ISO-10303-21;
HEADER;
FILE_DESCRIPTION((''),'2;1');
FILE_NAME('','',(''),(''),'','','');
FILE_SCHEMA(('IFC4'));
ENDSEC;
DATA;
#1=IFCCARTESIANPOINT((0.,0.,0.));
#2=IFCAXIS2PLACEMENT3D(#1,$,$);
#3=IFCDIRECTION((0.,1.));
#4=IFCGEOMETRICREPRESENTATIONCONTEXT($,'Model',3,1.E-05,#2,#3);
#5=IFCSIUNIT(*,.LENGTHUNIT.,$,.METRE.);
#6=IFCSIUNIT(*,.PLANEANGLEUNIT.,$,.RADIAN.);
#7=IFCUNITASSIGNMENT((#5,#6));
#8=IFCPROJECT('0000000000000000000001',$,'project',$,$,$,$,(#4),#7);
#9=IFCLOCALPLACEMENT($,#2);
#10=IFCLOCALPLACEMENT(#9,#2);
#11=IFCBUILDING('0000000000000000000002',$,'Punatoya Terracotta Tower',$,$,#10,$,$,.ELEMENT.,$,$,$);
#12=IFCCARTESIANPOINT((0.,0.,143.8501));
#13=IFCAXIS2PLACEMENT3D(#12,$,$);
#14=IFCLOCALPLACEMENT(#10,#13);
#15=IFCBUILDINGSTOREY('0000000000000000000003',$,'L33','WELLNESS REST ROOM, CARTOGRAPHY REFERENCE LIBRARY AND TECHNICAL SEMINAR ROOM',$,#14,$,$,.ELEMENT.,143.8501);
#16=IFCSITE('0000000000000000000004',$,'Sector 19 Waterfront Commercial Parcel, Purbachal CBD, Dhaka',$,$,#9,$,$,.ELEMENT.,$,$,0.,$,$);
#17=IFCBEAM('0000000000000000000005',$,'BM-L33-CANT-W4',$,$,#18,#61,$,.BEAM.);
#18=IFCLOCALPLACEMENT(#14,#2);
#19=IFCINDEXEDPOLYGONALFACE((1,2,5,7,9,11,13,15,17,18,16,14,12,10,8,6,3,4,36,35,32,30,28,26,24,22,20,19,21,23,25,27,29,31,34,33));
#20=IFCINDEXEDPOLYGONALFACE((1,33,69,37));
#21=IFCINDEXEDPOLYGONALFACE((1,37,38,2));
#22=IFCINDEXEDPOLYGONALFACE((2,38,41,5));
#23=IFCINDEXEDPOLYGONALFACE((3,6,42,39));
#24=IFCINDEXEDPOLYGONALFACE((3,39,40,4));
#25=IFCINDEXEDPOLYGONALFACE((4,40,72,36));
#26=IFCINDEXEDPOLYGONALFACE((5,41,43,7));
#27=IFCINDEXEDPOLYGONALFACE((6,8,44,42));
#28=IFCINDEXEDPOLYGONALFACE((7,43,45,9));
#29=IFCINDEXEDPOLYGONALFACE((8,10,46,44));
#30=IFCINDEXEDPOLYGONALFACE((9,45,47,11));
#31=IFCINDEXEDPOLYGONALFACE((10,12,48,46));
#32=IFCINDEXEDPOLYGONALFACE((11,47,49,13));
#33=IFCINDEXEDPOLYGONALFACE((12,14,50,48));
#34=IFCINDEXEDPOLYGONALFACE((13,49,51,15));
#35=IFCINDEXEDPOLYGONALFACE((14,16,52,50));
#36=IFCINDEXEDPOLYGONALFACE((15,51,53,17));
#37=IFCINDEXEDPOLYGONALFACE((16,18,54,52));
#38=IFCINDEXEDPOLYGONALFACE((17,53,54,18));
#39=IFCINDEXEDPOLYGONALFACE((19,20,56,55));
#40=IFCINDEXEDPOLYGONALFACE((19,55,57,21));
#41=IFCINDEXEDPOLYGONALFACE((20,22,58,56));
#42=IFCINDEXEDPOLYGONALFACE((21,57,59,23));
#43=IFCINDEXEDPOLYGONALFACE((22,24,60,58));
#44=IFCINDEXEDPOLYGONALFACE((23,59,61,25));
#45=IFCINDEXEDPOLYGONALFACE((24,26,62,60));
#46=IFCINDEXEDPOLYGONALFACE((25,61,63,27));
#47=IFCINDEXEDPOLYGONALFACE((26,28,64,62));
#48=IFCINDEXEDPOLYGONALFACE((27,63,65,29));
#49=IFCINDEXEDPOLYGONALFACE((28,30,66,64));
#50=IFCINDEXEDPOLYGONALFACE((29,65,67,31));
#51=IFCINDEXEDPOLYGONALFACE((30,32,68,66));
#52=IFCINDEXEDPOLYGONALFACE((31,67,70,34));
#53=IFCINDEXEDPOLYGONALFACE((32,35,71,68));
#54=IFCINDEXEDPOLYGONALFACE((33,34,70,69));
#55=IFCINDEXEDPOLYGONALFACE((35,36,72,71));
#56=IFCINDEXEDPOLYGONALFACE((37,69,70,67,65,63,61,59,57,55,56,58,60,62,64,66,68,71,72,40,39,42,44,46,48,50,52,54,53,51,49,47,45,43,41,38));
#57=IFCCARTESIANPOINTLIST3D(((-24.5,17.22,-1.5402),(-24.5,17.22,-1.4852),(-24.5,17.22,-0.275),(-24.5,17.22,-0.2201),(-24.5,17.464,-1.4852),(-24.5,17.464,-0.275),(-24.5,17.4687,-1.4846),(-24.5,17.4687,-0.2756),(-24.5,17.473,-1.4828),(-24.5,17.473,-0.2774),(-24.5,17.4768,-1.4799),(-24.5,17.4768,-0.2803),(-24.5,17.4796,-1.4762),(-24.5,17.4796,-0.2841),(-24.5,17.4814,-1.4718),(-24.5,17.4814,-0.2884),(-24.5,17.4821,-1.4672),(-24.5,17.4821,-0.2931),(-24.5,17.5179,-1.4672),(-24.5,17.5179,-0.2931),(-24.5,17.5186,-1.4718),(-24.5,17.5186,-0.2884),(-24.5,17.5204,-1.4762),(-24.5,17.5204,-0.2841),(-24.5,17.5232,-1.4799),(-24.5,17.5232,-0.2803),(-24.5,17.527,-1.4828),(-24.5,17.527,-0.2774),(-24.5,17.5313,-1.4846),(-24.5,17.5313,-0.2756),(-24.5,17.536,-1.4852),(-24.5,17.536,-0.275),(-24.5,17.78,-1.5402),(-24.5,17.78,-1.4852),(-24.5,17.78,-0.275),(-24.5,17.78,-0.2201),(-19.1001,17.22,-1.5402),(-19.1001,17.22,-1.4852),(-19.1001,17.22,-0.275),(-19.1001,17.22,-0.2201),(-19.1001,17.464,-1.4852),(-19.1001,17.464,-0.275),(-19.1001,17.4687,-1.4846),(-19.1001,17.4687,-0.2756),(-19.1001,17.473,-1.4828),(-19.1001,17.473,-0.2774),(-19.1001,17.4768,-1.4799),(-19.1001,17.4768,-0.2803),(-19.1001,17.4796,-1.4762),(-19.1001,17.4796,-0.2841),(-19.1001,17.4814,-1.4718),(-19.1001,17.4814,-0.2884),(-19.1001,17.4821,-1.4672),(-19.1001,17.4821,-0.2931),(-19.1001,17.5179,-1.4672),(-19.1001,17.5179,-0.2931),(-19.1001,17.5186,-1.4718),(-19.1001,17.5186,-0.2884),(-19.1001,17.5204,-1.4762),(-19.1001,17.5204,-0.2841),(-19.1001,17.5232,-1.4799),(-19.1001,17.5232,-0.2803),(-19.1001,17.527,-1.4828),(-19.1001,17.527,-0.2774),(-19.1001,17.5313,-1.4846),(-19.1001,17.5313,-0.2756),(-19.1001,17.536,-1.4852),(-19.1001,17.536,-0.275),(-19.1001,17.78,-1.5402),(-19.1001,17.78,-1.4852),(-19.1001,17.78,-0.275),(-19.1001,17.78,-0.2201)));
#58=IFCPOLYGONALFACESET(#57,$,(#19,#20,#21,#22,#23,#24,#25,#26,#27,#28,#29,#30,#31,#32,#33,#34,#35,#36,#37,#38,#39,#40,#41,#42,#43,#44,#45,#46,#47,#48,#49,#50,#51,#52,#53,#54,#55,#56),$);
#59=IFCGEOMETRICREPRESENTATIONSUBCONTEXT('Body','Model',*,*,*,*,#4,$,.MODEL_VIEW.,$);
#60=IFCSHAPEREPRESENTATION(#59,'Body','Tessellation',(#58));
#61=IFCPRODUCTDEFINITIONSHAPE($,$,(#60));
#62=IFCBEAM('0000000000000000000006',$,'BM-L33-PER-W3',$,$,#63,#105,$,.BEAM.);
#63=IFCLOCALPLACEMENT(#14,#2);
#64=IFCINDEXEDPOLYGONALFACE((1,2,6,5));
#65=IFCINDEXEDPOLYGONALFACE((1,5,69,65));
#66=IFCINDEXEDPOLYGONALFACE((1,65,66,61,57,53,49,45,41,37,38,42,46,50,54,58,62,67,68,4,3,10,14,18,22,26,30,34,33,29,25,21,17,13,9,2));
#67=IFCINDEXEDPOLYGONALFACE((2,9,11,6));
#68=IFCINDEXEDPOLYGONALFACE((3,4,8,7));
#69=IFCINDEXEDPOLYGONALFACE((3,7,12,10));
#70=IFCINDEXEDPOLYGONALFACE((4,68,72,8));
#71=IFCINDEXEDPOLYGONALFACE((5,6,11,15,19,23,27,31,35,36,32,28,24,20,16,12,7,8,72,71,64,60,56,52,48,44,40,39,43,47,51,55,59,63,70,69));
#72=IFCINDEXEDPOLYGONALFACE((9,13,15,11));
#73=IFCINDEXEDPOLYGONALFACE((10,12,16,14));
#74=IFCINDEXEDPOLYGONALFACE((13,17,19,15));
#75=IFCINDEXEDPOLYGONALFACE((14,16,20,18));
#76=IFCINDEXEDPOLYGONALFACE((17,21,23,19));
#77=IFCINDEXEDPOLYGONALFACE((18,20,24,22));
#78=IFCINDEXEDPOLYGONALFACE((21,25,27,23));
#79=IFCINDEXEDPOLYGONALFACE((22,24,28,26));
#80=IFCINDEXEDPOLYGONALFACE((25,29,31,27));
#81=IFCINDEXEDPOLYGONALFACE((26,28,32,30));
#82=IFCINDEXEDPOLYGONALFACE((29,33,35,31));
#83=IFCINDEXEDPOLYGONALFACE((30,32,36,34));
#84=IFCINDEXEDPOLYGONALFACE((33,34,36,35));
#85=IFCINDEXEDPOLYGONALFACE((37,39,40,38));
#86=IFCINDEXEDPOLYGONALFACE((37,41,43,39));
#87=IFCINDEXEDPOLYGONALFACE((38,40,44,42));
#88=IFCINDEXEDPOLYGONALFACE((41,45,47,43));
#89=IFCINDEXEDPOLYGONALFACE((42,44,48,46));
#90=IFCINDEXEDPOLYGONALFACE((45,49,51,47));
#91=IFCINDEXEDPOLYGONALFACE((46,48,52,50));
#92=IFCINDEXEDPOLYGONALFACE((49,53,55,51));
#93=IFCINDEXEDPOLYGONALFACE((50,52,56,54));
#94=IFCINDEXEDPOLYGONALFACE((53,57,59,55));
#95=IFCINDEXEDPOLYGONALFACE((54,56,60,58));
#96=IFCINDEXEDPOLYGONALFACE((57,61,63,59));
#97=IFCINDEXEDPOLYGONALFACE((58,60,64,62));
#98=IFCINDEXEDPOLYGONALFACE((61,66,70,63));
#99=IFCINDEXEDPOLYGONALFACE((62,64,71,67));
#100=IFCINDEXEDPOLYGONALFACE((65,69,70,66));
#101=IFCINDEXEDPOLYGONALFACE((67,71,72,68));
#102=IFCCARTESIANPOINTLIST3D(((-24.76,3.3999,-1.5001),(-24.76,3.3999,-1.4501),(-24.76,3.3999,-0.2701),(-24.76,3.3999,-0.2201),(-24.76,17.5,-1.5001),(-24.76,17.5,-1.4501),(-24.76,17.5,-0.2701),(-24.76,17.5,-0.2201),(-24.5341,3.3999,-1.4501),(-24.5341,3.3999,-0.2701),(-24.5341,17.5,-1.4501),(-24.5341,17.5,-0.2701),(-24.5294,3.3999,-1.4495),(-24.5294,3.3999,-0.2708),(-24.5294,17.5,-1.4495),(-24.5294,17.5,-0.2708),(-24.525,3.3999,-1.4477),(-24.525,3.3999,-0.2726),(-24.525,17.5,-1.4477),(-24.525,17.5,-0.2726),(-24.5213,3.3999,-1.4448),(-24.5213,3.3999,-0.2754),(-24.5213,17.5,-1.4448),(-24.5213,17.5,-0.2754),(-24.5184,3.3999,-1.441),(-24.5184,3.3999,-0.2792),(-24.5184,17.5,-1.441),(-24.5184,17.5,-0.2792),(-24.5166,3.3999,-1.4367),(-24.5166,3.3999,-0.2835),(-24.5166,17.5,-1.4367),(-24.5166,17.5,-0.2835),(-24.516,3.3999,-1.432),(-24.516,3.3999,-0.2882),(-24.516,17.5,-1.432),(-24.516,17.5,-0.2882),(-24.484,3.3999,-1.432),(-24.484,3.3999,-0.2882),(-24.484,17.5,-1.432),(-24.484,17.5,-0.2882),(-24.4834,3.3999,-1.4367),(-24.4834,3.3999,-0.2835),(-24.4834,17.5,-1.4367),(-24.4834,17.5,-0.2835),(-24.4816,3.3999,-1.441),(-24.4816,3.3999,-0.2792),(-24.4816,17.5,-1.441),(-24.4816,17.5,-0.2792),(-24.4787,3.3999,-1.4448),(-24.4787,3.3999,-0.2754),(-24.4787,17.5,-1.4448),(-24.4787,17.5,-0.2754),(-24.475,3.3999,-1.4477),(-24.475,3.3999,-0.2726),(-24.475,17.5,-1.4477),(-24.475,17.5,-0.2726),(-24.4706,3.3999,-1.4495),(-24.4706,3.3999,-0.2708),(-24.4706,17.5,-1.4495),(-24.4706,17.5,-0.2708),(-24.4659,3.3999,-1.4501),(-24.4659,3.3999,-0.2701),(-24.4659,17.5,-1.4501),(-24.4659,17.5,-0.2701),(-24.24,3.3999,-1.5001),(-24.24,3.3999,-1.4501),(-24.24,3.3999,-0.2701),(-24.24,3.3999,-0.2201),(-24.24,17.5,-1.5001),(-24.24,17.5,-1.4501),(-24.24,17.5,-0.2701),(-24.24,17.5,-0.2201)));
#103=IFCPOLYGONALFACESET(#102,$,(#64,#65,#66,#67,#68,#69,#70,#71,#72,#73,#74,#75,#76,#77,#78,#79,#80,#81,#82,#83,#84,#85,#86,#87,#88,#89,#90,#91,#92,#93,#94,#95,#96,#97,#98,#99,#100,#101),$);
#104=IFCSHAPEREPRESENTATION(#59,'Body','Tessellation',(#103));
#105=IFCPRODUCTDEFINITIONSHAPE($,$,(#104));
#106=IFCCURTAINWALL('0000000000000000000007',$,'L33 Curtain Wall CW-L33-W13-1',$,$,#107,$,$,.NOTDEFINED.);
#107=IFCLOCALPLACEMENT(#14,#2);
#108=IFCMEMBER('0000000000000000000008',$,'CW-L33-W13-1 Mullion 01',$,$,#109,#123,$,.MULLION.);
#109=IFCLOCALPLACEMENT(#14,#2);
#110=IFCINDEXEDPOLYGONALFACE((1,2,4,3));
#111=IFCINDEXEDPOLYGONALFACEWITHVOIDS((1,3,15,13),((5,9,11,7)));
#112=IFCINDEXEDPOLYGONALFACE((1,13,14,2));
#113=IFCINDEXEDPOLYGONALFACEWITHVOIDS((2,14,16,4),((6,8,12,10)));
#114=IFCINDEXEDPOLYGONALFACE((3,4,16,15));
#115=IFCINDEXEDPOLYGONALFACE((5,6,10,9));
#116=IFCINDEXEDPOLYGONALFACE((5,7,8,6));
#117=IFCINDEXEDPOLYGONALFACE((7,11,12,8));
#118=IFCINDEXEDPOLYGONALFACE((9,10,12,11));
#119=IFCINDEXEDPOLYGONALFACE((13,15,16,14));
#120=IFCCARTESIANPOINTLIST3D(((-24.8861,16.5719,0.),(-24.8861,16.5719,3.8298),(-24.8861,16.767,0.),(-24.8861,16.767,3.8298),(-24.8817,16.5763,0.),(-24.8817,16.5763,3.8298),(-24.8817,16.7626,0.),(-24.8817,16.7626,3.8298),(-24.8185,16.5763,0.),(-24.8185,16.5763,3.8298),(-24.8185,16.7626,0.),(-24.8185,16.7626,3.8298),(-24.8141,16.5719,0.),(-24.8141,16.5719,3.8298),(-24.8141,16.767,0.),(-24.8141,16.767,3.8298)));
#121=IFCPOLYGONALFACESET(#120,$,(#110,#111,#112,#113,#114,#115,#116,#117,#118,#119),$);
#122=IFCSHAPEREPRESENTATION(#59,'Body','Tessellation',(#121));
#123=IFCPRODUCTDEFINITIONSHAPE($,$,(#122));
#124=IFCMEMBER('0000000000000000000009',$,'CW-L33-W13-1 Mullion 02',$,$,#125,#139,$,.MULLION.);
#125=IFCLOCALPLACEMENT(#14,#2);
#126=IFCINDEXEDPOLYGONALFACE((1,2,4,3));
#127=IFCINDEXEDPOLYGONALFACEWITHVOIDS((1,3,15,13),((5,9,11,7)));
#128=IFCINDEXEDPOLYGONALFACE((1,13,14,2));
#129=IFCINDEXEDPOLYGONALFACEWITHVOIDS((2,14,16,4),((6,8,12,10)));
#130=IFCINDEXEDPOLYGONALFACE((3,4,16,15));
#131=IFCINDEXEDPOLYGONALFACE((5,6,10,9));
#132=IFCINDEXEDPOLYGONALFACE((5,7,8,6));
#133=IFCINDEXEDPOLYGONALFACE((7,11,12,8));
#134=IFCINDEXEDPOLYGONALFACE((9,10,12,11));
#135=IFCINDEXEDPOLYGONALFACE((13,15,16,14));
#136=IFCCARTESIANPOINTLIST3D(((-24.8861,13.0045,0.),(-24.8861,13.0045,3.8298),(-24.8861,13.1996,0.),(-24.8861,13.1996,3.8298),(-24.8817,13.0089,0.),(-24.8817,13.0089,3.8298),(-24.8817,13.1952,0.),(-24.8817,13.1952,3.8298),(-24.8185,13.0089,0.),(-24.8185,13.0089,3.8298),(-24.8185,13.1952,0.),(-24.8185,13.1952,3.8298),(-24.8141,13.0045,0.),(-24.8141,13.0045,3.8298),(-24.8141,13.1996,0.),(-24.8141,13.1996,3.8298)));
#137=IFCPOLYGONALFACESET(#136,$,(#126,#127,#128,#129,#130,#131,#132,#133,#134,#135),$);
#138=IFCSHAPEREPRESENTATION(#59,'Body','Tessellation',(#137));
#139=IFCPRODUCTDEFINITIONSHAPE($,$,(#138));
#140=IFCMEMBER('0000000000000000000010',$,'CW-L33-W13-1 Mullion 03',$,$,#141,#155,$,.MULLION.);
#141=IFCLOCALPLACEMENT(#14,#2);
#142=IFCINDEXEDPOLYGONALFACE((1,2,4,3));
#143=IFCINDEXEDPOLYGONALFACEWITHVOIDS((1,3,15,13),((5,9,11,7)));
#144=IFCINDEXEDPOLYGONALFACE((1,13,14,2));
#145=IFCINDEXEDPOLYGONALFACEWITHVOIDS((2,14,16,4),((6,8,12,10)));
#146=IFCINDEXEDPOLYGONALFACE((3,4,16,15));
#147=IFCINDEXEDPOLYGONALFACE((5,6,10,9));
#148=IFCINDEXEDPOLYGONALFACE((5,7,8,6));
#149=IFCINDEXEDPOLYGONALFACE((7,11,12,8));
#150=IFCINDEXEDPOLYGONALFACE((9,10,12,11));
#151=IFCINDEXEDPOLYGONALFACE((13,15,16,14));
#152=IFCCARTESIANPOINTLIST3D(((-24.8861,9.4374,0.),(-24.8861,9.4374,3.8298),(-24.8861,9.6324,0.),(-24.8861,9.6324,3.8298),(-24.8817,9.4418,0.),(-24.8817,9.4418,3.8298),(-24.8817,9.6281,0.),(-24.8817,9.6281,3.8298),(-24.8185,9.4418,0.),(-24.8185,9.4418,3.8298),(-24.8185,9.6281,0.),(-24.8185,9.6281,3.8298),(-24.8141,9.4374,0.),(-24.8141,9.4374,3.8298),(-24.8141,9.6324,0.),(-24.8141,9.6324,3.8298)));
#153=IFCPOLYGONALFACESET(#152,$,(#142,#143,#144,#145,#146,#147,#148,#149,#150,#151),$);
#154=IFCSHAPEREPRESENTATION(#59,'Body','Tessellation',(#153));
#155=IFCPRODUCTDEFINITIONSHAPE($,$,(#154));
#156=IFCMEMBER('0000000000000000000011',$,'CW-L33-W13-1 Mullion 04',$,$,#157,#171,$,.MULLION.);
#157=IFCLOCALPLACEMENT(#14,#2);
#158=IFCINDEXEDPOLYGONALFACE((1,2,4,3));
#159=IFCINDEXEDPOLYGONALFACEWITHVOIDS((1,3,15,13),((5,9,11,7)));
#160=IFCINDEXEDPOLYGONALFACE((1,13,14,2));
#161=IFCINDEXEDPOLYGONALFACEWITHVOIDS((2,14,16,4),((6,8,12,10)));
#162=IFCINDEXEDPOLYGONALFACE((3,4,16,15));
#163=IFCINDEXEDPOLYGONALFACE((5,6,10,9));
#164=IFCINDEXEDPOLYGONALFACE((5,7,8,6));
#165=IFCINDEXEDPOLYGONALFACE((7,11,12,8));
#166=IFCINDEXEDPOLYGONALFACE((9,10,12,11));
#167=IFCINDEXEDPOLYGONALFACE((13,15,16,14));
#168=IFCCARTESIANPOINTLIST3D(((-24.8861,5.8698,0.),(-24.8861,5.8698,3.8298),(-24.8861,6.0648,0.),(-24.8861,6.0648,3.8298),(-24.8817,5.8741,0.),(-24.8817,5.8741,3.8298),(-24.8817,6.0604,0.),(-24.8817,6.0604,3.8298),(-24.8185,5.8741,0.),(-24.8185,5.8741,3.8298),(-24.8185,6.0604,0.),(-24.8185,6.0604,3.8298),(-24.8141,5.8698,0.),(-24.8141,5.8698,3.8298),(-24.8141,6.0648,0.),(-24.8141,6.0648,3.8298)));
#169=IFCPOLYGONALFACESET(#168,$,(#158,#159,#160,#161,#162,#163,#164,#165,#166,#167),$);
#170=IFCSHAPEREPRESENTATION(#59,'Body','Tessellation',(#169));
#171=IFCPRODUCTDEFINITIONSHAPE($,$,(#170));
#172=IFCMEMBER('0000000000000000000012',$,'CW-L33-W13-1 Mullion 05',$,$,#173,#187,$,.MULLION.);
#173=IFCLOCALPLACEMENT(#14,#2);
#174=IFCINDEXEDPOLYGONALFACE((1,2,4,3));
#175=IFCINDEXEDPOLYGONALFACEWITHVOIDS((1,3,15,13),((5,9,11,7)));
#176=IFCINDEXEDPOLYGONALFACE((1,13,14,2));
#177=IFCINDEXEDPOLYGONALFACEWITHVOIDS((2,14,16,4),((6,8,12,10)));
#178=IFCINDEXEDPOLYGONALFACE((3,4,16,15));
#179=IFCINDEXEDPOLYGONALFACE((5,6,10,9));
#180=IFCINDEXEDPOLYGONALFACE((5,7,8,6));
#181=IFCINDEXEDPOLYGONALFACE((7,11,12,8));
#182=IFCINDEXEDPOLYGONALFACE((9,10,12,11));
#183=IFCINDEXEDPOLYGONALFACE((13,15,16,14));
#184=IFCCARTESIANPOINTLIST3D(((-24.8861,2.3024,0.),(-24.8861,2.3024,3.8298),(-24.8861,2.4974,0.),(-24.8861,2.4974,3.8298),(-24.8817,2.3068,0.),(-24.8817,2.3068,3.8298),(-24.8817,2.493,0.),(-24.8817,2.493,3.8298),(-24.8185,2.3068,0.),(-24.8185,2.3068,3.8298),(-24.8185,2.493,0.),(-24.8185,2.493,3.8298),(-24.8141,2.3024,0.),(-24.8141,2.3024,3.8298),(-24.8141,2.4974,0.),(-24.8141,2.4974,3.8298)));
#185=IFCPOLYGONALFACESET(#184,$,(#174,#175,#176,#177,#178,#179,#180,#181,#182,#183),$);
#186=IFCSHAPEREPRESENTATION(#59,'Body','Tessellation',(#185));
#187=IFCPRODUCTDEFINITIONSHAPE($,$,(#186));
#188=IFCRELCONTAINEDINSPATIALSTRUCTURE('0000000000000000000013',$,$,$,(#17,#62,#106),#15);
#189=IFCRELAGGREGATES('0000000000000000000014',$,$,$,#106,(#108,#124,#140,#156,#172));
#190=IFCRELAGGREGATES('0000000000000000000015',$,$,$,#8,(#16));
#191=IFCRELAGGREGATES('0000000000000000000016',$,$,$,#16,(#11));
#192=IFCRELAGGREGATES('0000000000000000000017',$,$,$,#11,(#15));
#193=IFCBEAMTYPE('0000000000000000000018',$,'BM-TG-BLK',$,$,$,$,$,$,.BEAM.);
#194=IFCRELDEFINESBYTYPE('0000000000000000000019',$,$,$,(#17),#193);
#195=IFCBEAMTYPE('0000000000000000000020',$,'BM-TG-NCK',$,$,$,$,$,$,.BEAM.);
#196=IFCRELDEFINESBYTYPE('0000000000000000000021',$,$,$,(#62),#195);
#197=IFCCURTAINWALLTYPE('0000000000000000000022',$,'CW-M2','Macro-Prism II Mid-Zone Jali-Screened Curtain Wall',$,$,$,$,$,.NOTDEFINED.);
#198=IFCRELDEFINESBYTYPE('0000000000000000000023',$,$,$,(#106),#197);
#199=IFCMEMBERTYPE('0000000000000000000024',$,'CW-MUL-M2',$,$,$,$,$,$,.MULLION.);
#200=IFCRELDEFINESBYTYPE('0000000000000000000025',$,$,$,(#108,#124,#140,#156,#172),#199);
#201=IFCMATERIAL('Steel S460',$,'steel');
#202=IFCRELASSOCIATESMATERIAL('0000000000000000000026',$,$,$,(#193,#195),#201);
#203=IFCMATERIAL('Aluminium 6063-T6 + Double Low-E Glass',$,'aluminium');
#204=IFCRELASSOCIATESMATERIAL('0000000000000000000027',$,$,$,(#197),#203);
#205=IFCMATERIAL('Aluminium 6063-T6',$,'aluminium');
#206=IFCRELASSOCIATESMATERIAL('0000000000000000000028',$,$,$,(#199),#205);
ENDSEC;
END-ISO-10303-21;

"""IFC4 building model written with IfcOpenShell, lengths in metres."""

from ifc_helpers import new_model, si_unit, direction, frame, origin, origin_2d, place, context, subcontext, project, spatial, hollow_rectangle, i_section, extrude, material, material_profile, profile_set, type_object, element, aggregate, save


model = new_model("IFC4")

# Units and contexts
model_context = context("Model", 3, precision=1e-05, world=origin(), true_north=direction((0.0, 1.0)))
body_context = subcontext(model_context, "Body", "Model", "MODEL_VIEW")
ifc_project = project(units=[si_unit("LENGTHUNIT", "METRE"), si_unit("PLANEANGLEUNIT", "RADIAN")], contexts=[model_context])

# Site, building, storey
site_placement = place(None, origin())
site = spatial("IfcSite", under=ifc_project, at=site_placement, Name="Sector 19 Waterfront Commercial Parcel, Purbachal CBD, Dhaka", CompositionType="ELEMENT", RefElevation=0.0)
building_placement = place(site_placement, origin())
building = spatial("IfcBuilding", under=site, at=building_placement, Name="Punatoya Terracotta Tower", CompositionType="ELEMENT")
storey_placement = place(building_placement, frame((0.0, 0.0, 143.8501)))
storey = spatial("IfcBuildingStorey", under=building, at=storey_placement, Name="L33", Description="WELLNESS REST ROOM, CARTOGRAPHY REFERENCE LIBRARY AND TECHNICAL SEMINAR ROOM", CompositionType="ELEMENT", Elevation=143.8501)

# Shared definitions
ifc_material_1 = material(Name="Steel S460", Category="steel")

# Beams
ifc_material_profile_1 = material_profile(ifc_material_1, i_section(OverallWidth=0.5601, OverallDepth=1.3201, WebThickness=0.0359, FlangeThickness=0.0549, FilletRadius=0.0181, at=origin_2d()))
ifc_profile_set_1 = profile_set([ifc_material_profile_1], Name="Steel S460")
beam_type_1 = type_object("IfcBeamType", Name="BM-TG-BLK", PredefinedType="BEAM", material=ifc_profile_set_1)
for number, where, z_axis, x_axis, name in (
    (1, (-24.5, 17.5, -0.8801), (1.0, 0.0, 0.0), (0.0, 1.0, 0.0), "BM-L33-CANT-W4"),
):
    element("IfcBeam", number, at=place(storey_placement, frame(where, z_axis=z_axis, x_axis=x_axis)), inside=storey, type_object=beam_type_1, Name=name, PredefinedType="BEAM", context=body_context, shape_type="SweptSolid", body=[
        extrude(i_section(OverallWidth=0.5601, OverallDepth=1.3201, WebThickness=0.0359, FlangeThickness=0.0549, FilletRadius=0.0181, at=origin_2d()), origin(), (0.0, 0.0, 1.0), 5.3999),
    ])
ifc_material_profile_2 = material_profile(ifc_material_1, i_section(OverallWidth=0.52, OverallDepth=1.28, WebThickness=0.032, FlangeThickness=0.05, FilletRadius=0.0181, at=origin_2d()))
ifc_profile_set_2 = profile_set([ifc_material_profile_2], Name="Steel S460")
beam_type_2 = type_object("IfcBeamType", Name="BM-TG-NCK", PredefinedType="BEAM", material=ifc_profile_set_2)
beam_1_placement = place(storey_placement, frame((-24.5, 3.3999, -0.8601), z_axis=(0.0, 1.0, 0.0), x_axis=(-1.0, 0.0, 0.0)))
element("IfcBeam", 2, at=beam_1_placement, inside=storey, type_object=beam_type_2, Name="BM-L33-PER-W3", PredefinedType="BEAM", context=body_context, shape_type="SweptSolid", body=[
    extrude(i_section(OverallWidth=0.52, OverallDepth=1.28, WebThickness=0.032, FlangeThickness=0.05, FilletRadius=0.0181, at=origin_2d()), origin(), (0.0, 0.0, 1.0), 14.1001),
])

# Curtain wall, members
ifc_material_2 = material(Name="Aluminium 6063-T6 + Double Low-E Glass", Category="aluminium")
curtain_wall_type = type_object("IfcCurtainWallType", Name="CW-M2", Description="Macro-Prism II Mid-Zone Jali-Screened Curtain Wall", PredefinedType="NOTDEFINED", material=ifc_material_2)
curtain_wall_placement = place(storey_placement, origin())
curtain_wall = element("IfcCurtainWall", 3, at=curtain_wall_placement, inside=storey, type_object=curtain_wall_type, Name="L33 Curtain Wall CW-L33-W13-1", PredefinedType="NOTDEFINED")
ifc_material_3 = material(Name="Aluminium 6063-T6", Category="aluminium")
ifc_material_profile_3 = material_profile(ifc_material_3, hollow_rectangle(XDim=0.072, YDim=0.1951, WallThickness=0.0044, at=origin_2d()))
ifc_profile_set_3 = profile_set([ifc_material_profile_3], Name="Aluminium 6063-T6")
member_type = type_object("IfcMemberType", Name="CW-MUL-M2", PredefinedType="MULLION", material=ifc_profile_set_3)
member_1_placement = place(storey_placement, frame((-24.8501, 16.6694, 0.0), z_axis=(0.0, 0.0, 1.0), x_axis=(1.0, 0.0, 0.0)))
member_1 = element("IfcMember", 4, at=member_1_placement, type_object=member_type, Name="CW-L33-W13-1 Mullion 01", PredefinedType="MULLION", context=body_context, shape_type="SweptSolid", body=[
    extrude(hollow_rectangle(XDim=0.072, YDim=0.1951, WallThickness=0.0044, at=origin_2d()), origin(), (0.0, 0.0, 1.0), 3.8298),
])
member_2_placement = place(storey_placement, frame((-24.8501, 13.1021, 0.0), z_axis=(0.0, 0.0, 1.0), x_axis=(1.0, 0.0, 0.0)))
member_2 = element("IfcMember", 5, at=member_2_placement, type_object=member_type, Name="CW-L33-W13-1 Mullion 02", PredefinedType="MULLION", context=body_context, shape_type="SweptSolid", body=[
    extrude(hollow_rectangle(XDim=0.072, YDim=0.1951, WallThickness=0.0044, at=origin_2d()), origin(), (0.0, 0.0, 1.0), 3.8298),
])
member_3_placement = place(storey_placement, frame((-24.8501, 9.5349, 0.0), z_axis=(0.0, 0.0, 1.0), x_axis=(1.0, 0.0, 0.0)))
member_3 = element("IfcMember", 6, at=member_3_placement, type_object=member_type, Name="CW-L33-W13-1 Mullion 03", PredefinedType="MULLION", context=body_context, shape_type="SweptSolid", body=[
    extrude(hollow_rectangle(XDim=0.072, YDim=0.1951, WallThickness=0.0044, at=origin_2d()), origin(), (0.0, 0.0, 1.0), 3.8298),
])
member_4_placement = place(storey_placement, frame((-24.8501, 5.9673, 0.0), z_axis=(0.0, 0.0, 1.0), x_axis=(1.0, 0.0, 0.0)))
member_4 = element("IfcMember", 7, at=member_4_placement, type_object=member_type, Name="CW-L33-W13-1 Mullion 04", PredefinedType="MULLION", context=body_context, shape_type="SweptSolid", body=[
    extrude(hollow_rectangle(XDim=0.072, YDim=0.1951, WallThickness=0.0044, at=origin_2d()), origin(), (0.0, 0.0, 1.0), 3.8298),
])
member_5_placement = place(storey_placement, frame((-24.8501, 2.3999, 0.0), z_axis=(0.0, 0.0, 1.0), x_axis=(1.0, 0.0, 0.0)))
member_5 = element("IfcMember", 8, at=member_5_placement, type_object=member_type, Name="CW-L33-W13-1 Mullion 05", PredefinedType="MULLION", context=body_context, shape_type="SweptSolid", body=[
    extrude(hollow_rectangle(XDim=0.072, YDim=0.1951, WallThickness=0.0044, at=origin_2d()), origin(), (0.0, 0.0, 1.0), 3.8298),
])
aggregate(curtain_wall, [member_1, member_2, member_3, member_4, member_5])

save(model, "model.ifc")
